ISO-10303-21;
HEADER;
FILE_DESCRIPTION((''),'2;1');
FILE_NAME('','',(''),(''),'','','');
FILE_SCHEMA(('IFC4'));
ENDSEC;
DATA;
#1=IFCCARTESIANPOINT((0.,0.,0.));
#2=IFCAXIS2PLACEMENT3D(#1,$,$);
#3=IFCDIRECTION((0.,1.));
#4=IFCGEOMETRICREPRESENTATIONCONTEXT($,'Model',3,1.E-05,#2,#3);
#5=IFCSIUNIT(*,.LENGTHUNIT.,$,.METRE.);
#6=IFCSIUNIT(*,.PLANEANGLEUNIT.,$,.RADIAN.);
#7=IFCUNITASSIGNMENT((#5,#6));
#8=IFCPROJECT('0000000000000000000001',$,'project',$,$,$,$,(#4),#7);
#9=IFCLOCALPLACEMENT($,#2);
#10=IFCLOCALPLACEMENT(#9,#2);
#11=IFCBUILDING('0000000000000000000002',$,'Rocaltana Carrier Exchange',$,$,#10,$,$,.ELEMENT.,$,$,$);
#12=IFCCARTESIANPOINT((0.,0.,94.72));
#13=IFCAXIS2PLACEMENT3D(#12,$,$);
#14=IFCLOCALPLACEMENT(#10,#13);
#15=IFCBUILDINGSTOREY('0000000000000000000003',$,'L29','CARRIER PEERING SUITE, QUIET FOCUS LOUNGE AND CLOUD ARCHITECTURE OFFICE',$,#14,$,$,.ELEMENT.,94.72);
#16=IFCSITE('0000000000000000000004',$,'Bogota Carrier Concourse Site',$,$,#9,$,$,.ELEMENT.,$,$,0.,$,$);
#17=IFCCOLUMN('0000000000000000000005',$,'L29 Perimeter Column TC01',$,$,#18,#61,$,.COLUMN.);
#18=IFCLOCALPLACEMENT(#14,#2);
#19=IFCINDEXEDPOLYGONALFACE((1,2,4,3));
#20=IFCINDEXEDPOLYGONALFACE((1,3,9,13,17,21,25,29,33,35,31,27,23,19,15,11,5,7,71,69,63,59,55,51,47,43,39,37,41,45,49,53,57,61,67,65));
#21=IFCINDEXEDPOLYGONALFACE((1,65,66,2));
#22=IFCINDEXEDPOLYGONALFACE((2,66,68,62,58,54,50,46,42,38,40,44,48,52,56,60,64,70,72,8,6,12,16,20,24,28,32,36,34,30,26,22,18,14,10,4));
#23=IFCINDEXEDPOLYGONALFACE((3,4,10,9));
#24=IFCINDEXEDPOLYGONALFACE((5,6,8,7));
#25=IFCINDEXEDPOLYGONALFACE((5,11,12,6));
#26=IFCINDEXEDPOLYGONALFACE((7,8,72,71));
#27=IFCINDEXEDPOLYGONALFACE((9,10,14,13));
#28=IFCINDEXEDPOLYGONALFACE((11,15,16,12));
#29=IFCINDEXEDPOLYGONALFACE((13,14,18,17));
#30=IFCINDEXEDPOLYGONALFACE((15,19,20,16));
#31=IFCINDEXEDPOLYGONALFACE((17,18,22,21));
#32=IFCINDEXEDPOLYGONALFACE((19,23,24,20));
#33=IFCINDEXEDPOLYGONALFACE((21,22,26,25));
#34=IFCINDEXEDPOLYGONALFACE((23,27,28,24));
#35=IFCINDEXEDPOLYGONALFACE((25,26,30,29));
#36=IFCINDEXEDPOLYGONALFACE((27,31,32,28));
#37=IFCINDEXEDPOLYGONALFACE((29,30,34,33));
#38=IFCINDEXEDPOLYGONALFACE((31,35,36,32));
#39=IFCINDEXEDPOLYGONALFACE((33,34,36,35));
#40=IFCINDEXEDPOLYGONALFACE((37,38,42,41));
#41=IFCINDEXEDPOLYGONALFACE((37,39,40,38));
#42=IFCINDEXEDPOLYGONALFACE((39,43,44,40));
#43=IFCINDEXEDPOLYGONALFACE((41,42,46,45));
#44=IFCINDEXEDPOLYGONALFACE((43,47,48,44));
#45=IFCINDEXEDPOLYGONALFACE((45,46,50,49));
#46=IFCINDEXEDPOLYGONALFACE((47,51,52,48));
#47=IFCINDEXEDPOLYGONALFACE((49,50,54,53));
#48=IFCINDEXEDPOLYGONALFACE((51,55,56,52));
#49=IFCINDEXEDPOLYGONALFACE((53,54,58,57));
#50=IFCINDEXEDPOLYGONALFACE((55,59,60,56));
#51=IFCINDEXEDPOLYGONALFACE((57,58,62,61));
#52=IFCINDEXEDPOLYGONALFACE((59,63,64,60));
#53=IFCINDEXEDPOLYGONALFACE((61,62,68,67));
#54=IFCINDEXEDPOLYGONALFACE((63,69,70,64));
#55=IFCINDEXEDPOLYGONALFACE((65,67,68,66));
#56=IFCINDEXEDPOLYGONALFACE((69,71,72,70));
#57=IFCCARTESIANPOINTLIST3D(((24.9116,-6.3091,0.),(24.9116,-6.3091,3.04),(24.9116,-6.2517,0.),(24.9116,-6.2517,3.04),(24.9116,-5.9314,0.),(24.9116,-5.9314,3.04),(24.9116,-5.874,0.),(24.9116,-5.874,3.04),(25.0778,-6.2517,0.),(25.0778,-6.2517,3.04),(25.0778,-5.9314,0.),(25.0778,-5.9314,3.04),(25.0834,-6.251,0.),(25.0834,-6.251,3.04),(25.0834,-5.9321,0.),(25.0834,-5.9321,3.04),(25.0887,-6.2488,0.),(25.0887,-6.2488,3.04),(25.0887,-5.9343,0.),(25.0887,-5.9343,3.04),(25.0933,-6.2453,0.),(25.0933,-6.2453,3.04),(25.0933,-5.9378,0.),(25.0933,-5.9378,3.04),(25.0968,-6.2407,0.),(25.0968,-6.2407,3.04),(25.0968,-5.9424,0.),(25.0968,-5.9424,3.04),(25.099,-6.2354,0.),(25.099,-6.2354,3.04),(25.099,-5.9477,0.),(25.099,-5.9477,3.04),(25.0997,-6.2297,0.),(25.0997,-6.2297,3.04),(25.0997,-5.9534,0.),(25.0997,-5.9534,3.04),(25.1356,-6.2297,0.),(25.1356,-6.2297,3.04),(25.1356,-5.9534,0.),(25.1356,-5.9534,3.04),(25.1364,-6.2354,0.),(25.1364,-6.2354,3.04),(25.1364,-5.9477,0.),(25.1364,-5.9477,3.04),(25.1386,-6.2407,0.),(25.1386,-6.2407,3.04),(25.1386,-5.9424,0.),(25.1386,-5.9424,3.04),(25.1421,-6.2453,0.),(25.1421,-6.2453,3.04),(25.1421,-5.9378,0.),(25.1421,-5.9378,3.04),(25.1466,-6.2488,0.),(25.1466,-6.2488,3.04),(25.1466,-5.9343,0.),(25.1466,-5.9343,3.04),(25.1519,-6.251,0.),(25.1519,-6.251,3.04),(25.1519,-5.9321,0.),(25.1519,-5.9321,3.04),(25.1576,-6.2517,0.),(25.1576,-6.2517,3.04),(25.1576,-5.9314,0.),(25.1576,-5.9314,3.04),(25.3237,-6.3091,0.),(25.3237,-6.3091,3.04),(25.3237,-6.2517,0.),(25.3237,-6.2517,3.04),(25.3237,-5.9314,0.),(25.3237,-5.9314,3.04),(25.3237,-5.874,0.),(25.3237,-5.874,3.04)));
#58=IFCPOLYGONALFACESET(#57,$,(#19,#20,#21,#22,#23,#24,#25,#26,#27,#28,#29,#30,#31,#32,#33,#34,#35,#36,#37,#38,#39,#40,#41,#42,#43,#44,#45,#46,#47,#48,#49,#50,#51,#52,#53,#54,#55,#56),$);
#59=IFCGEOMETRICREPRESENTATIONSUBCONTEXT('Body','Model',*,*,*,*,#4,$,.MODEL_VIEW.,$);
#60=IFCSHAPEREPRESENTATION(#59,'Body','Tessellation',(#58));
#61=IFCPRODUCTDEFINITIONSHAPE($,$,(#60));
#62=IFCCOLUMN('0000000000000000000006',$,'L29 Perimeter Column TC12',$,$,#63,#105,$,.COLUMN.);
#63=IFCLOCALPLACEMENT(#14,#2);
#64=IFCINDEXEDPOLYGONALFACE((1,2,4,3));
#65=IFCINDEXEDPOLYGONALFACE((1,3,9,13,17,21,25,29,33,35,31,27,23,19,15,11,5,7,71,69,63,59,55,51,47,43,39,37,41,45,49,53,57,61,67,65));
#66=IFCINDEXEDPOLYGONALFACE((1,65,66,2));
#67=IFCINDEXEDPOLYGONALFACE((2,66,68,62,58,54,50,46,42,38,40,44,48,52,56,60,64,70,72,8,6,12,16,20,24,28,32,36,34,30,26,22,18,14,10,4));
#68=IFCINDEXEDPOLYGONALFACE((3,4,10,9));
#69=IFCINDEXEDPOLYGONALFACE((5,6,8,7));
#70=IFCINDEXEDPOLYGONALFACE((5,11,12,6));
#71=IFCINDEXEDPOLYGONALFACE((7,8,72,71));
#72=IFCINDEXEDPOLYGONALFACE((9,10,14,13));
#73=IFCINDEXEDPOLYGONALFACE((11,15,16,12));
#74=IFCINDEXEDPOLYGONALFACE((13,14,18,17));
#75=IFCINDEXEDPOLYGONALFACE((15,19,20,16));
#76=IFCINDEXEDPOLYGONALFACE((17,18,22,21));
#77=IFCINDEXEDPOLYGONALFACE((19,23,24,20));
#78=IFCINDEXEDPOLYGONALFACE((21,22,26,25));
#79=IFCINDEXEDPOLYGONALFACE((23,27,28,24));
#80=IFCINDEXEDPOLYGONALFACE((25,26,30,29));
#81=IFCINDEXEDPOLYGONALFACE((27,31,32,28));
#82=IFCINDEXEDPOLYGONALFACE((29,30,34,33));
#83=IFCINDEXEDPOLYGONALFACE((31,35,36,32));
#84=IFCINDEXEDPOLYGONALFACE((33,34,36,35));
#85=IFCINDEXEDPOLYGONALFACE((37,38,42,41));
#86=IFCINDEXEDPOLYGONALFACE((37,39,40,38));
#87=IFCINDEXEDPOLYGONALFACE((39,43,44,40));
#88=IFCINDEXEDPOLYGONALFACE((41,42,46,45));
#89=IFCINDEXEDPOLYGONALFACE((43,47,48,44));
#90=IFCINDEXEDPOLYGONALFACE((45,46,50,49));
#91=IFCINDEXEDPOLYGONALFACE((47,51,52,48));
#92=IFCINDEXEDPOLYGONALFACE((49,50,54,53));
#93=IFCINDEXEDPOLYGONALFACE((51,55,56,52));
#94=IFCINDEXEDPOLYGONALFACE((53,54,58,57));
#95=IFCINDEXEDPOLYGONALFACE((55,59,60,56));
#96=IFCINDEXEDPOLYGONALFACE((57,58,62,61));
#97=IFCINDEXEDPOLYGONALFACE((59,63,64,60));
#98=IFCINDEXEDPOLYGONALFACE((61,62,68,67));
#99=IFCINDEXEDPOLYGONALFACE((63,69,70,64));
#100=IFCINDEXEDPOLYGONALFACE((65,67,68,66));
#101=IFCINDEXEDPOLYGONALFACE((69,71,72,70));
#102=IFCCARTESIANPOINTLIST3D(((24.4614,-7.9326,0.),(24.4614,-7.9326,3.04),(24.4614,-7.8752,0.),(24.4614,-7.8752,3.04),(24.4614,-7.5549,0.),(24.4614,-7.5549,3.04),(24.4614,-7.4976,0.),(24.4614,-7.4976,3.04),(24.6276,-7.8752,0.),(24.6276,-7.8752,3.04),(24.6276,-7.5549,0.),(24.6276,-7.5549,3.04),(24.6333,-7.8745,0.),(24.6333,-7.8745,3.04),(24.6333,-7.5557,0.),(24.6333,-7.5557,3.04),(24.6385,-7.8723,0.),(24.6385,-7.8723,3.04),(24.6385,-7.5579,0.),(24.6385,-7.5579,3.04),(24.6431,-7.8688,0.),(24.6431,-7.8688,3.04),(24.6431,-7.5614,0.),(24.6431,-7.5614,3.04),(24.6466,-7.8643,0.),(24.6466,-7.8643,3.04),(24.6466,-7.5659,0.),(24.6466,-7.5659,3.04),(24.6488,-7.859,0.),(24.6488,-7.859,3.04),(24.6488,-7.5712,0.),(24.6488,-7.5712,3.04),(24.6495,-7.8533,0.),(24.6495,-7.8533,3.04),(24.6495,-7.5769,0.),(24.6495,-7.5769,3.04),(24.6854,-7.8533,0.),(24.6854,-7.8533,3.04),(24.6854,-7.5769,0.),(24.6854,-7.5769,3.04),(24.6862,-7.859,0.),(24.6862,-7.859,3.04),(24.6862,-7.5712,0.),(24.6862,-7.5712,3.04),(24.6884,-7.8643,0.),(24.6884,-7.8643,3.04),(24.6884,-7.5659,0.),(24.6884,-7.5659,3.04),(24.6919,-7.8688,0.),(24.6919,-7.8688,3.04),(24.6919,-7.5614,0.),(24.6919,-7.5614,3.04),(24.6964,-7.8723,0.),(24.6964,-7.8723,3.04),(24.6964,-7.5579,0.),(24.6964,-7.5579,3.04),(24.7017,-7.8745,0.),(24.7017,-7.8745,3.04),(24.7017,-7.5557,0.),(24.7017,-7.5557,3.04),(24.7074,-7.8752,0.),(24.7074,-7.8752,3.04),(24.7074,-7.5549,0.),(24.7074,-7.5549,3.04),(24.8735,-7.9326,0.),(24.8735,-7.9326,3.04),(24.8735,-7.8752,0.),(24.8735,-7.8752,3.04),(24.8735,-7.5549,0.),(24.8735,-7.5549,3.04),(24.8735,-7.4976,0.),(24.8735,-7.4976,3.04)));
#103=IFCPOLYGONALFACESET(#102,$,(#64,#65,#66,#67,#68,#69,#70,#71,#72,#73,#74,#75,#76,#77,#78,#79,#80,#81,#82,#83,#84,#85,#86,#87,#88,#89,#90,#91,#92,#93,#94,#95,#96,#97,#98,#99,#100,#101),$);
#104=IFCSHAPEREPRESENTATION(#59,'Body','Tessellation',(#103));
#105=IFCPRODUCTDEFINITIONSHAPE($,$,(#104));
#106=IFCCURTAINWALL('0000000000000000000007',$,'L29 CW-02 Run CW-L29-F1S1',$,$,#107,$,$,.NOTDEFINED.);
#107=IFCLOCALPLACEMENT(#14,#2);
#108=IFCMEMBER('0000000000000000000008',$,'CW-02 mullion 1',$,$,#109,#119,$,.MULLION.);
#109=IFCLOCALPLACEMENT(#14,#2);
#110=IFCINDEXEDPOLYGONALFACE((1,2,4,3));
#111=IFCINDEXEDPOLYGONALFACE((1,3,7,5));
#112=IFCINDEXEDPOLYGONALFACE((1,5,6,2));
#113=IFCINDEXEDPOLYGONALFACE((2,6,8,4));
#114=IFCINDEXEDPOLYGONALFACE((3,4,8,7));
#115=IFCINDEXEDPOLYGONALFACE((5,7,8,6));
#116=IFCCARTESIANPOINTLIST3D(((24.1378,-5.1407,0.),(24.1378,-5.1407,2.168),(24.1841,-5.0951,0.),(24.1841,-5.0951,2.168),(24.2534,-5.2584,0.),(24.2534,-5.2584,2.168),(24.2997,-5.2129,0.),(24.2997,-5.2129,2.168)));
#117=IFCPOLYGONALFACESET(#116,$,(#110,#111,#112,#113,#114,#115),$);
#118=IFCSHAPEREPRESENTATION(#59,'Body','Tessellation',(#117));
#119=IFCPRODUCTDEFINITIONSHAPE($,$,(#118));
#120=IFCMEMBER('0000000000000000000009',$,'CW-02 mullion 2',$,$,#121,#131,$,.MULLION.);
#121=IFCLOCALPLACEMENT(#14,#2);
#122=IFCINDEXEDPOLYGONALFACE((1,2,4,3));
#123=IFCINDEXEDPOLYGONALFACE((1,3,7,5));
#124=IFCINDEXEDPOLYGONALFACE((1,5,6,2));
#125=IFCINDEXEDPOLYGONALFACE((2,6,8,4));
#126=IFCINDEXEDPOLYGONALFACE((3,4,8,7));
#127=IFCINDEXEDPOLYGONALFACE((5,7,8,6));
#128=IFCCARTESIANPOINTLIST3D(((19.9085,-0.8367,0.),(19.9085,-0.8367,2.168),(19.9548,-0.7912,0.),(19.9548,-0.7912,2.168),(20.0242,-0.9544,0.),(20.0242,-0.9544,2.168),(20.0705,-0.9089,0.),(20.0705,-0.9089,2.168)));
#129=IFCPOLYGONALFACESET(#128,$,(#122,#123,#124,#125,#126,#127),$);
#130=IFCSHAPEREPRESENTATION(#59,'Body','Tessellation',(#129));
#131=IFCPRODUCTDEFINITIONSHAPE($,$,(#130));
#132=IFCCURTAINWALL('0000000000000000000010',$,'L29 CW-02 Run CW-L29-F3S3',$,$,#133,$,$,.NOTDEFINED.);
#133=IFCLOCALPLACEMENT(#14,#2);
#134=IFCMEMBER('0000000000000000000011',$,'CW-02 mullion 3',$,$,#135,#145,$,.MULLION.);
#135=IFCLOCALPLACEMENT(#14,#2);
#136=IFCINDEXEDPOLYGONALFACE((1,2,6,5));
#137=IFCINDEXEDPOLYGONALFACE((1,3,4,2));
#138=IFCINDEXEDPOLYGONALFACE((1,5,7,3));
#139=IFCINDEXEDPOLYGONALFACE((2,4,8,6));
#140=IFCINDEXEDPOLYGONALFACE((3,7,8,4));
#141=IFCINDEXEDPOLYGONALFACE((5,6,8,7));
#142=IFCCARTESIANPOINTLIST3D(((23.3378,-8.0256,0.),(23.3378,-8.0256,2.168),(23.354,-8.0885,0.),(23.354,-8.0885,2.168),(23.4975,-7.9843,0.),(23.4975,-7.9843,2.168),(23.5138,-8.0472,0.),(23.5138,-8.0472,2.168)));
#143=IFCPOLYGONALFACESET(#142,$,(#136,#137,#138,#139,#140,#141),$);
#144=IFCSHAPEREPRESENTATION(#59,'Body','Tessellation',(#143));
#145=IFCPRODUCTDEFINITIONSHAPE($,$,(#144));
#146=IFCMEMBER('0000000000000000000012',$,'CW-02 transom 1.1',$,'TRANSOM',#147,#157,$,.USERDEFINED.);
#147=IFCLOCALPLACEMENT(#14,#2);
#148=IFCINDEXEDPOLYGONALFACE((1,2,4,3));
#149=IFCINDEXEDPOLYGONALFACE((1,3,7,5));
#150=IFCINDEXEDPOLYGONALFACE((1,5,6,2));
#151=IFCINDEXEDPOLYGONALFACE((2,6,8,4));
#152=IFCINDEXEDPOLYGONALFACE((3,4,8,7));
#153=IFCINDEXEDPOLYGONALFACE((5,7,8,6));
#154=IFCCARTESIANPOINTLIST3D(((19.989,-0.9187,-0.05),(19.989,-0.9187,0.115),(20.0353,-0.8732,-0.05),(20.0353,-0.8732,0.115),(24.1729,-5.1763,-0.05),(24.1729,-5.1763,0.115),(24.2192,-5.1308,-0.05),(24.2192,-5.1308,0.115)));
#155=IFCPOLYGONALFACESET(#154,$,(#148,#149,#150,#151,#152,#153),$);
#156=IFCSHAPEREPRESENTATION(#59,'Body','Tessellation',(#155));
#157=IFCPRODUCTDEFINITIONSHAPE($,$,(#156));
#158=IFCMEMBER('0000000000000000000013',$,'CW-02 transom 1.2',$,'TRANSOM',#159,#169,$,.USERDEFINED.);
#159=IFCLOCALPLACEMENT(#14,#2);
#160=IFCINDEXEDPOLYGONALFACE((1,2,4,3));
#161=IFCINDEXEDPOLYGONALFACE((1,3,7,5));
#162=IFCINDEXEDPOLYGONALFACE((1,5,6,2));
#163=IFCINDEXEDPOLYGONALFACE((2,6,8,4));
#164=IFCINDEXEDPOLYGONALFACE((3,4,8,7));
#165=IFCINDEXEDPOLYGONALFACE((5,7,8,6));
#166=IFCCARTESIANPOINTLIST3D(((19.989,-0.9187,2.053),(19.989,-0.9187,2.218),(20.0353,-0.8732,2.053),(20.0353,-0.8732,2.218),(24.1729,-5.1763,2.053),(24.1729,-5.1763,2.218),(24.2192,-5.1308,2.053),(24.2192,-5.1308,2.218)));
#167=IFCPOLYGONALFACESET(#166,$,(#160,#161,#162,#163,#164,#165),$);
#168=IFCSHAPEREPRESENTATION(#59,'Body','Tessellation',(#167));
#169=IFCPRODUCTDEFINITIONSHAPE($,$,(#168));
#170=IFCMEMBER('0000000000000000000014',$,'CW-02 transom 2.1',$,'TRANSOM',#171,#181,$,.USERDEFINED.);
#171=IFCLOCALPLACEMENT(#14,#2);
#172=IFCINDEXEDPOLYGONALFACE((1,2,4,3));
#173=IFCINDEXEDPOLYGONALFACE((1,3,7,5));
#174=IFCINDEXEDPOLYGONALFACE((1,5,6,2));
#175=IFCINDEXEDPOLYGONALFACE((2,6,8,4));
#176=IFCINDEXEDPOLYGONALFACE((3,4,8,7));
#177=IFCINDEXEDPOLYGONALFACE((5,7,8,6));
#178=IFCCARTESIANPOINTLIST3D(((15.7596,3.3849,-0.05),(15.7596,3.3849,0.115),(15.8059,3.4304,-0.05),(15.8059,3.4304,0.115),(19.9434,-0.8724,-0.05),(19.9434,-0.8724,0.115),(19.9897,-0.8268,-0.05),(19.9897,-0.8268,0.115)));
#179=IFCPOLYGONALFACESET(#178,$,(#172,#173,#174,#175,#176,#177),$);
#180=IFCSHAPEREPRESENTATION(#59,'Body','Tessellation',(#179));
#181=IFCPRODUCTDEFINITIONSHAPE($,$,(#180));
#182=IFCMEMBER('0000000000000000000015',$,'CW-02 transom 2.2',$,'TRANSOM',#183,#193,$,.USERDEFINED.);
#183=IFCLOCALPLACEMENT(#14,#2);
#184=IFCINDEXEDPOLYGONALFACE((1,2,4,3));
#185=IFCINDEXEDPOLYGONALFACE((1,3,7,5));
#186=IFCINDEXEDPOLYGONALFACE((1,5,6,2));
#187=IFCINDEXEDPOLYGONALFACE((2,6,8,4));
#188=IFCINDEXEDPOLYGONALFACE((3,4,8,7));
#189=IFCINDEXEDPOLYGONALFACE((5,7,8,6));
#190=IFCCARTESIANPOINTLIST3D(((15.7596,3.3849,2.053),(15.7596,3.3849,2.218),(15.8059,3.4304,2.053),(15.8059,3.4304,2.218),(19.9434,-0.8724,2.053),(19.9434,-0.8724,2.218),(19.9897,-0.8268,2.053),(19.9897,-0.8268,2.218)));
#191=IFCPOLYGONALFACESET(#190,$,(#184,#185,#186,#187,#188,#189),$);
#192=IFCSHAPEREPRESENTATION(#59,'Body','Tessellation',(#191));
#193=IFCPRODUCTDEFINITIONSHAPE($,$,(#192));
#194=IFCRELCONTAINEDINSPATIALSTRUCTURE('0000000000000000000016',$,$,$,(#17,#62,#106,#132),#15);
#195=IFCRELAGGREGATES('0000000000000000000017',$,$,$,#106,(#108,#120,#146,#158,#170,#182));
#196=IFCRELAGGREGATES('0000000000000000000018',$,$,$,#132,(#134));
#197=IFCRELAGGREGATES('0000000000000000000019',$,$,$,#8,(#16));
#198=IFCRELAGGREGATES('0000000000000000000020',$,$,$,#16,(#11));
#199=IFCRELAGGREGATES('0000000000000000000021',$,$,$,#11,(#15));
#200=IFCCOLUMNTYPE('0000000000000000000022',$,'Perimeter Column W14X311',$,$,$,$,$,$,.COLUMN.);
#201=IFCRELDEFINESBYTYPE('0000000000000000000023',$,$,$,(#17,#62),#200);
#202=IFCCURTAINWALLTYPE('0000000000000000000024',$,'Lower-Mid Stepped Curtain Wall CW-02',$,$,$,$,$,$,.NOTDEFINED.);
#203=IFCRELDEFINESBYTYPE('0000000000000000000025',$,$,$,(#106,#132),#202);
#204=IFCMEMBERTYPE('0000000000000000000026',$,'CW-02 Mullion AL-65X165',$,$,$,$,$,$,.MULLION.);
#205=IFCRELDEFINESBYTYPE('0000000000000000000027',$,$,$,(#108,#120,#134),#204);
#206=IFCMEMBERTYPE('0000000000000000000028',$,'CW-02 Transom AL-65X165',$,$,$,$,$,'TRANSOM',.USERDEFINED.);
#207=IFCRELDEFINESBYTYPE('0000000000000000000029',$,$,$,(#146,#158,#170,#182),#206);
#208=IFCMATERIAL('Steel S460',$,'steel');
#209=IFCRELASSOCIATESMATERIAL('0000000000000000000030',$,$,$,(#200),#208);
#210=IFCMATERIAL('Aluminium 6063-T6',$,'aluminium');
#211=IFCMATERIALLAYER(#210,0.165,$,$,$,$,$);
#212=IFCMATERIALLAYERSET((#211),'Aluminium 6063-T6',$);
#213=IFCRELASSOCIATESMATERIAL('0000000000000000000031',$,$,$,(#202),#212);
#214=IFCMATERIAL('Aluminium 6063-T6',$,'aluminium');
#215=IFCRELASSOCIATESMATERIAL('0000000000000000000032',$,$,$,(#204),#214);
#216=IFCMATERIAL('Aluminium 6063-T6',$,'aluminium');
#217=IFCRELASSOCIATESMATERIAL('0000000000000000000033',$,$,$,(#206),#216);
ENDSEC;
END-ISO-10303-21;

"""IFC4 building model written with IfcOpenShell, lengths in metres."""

from ifc_helpers import new_model, si_unit, direction, frame, origin, origin_2d, place, context, subcontext, project, spatial, rectangle, i_section, extrude, material, layer, layer_set, material_profile, profile_set, type_object, element, aggregate, save


model = new_model("IFC4")

# Units and contexts
model_context = context("Model", 3, precision=1e-05, world=origin(), true_north=direction((0.0, 1.0)))
body_context = subcontext(model_context, "Body", "Model", "MODEL_VIEW")
ifc_project = project(units=[si_unit("LENGTHUNIT", "METRE"), si_unit("PLANEANGLEUNIT", "RADIAN")], contexts=[model_context])

# Site, building, storey
site_placement = place(None, origin())
site = spatial("IfcSite", under=ifc_project, at=site_placement, Name="Bogota Carrier Concourse Site", CompositionType="ELEMENT", RefElevation=0.0)
building_placement = place(site_placement, origin())
building = spatial("IfcBuilding", under=site, at=building_placement, Name="Rocaltana Carrier Exchange", CompositionType="ELEMENT")
storey_placement = place(building_placement, frame((0.0, 0.0, 94.72)))
storey = spatial("IfcBuildingStorey", under=building, at=storey_placement, Name="L29", Description="CARRIER PEERING SUITE, QUIET FOCUS LOUNGE AND CLOUD ARCHITECTURE OFFICE", CompositionType="ELEMENT", Elevation=94.72)

# Columns
ifc_material_1 = material(Name="Steel S460", Category="steel")
ifc_material_profile_1 = material_profile(ifc_material_1, i_section(OverallWidth=0.4121, OverallDepth=0.4351, WebThickness=0.0359, FlangeThickness=0.0574, FilletRadius=0.022, at=origin_2d()), Name="W14X311")
ifc_profile_set_1 = profile_set([ifc_material_profile_1], Name="Steel S460")
column_type = type_object("IfcColumnType", Name="Perimeter Column W14X311", PredefinedType="COLUMN", material=ifc_profile_set_1)
for number, where, z_axis, x_axis, name in (
    (1, (25.1177, -6.0916, 0.0), (0.0, 0.0, 1.0), (1.0, 0.0, 0.0), "L29 Perimeter Column TC01"),
    (2, (24.6675, -7.7151, 0.0), (0.0, 0.0, 1.0), (1.0, 0.0, 0.0), "L29 Perimeter Column TC12"),
):
    element("IfcColumn", number, at=place(storey_placement, frame(where, z_axis=z_axis, x_axis=x_axis)), inside=storey, type_object=column_type, Name=name, PredefinedType="COLUMN", context=body_context, shape_type="SweptSolid", body=[
        extrude(i_section(OverallWidth=0.4121, OverallDepth=0.4351, WebThickness=0.0359, FlangeThickness=0.0574, FilletRadius=0.022, at=origin_2d()), origin(), (0.0, 0.0, 1.0), 3.04),
    ])

# Curtain wall, members
ifc_material_2 = material(Name="Aluminium 6063-T6", Category="aluminium")
ifc_layer_1 = layer(ifc_material_2, 0.165)
ifc_layer_set_1 = layer_set([ifc_layer_1], Name="Aluminium 6063-T6")
curtain_wall_type = type_object("IfcCurtainWallType", Name="Lower-Mid Stepped Curtain Wall CW-02", PredefinedType="NOTDEFINED", material=ifc_layer_set_1)
curtain_wall_1_placement = place(storey_placement, origin())
curtain_wall_1 = element("IfcCurtainWall", 3, at=curtain_wall_1_placement, inside=storey, type_object=curtain_wall_type, Name="L29 CW-02 Run CW-L29-F1S1", PredefinedType="NOTDEFINED")
ifc_material_3 = material(Name="Aluminium 6063-T6", Category="aluminium")
ifc_material_profile_2 = material_profile(ifc_material_3, rectangle(XDim=0.0649, YDim=0.165, at=origin_2d()), Name="AL-65X165")
ifc_profile_set_2 = profile_set([ifc_material_profile_2], Name="Aluminium 6063-T6")
member_type_1 = type_object("IfcMemberType", Name="CW-02 Mullion AL-65X165", PredefinedType="MULLION", material=ifc_profile_set_2)
member_1_placement = place(storey_placement, frame((24.2188, -5.1768, 0.0), z_axis=(0.0, 0.0, 1.0), x_axis=(-0.713245, -0.700915, 0.0)))
member_1 = element("IfcMember", 4, at=member_1_placement, type_object=member_type_1, Name="CW-02 mullion 1", PredefinedType="MULLION", context=body_context, shape_type="SweptSolid", body=[
    extrude(rectangle(XDim=0.0649, YDim=0.165, at=origin_2d()), origin(), (0.0, 0.0, 1.0), 2.168),
])
member_2_placement = place(storey_placement, frame((19.9895, -0.8728, 0.0), z_axis=(0.0, 0.0, 1.0), x_axis=(-0.713245, -0.700915, 0.0)))
member_2 = element("IfcMember", 5, at=member_2_placement, type_object=member_type_1, Name="CW-02 mullion 2", PredefinedType="MULLION", context=body_context, shape_type="SweptSolid", body=[
    extrude(rectangle(XDim=0.0649, YDim=0.165, at=origin_2d()), origin(), (0.0, 0.0, 1.0), 2.168),
])

# Curtain wall, member
curtain_wall_2_placement = place(storey_placement, origin())
curtain_wall_2 = element("IfcCurtainWall", 6, at=curtain_wall_2_placement, inside=storey, type_object=curtain_wall_type, Name="L29 CW-02 Run CW-L29-F3S3", PredefinedType="NOTDEFINED")
member_3_placement = place(storey_placement, frame((23.4258, -8.0364, 0.0), z_axis=(0.0, 0.0, 1.0), x_axis=(-0.25037, 0.96815, 0.0)))
member_3 = element("IfcMember", 7, at=member_3_placement, type_object=member_type_1, Name="CW-02 mullion 3", PredefinedType="MULLION", context=body_context, shape_type="SweptSolid", body=[
    extrude(rectangle(XDim=0.0649, YDim=0.165, at=origin_2d()), origin(), (0.0, 0.0, 1.0), 2.168),
])

# Members
ifc_material_4 = material(Name="Aluminium 6063-T6", Category="aluminium")
ifc_material_profile_3 = material_profile(ifc_material_4, rectangle(XDim=0.0649, YDim=0.165, at=origin_2d()), Name="AL-65X165")
ifc_profile_set_3 = profile_set([ifc_material_profile_3], Name="Aluminium 6063-T6")
member_type_2 = type_object("IfcMemberType", Name="CW-02 Transom AL-65X165", ElementType="TRANSOM", PredefinedType="USERDEFINED", material=ifc_profile_set_3)
member_4_placement = place(storey_placement, frame((24.196, -5.1536, 0.0325), z_axis=(-0.700904, 0.713256, 0.0), x_axis=(-0.713256, -0.700904, 0.0)))
member_4 = element("IfcMember", 8, at=member_4_placement, type_object=member_type_2, Name="CW-02 transom 1.1", ObjectType="TRANSOM", PredefinedType="USERDEFINED", context=body_context, shape_type="SweptSolid", body=[
    extrude(rectangle(XDim=0.0649, YDim=0.165, at=origin_2d()), origin(), (0.0, 0.0, 1.0), 5.9692),
])
member_5_placement = place(storey_placement, frame((24.196, -5.1536, 2.1355), z_axis=(-0.700904, 0.713256, 0.0), x_axis=(-0.713256, -0.700904, 0.0)))
member_5 = element("IfcMember", 9, at=member_5_placement, type_object=member_type_2, Name="CW-02 transom 1.2", ObjectType="TRANSOM", PredefinedType="USERDEFINED", context=body_context, shape_type="SweptSolid", body=[
    extrude(rectangle(XDim=0.0649, YDim=0.165, at=origin_2d()), origin(), (0.0, 0.0, 1.0), 5.9692),
])
member_6_placement = place(storey_placement, frame((19.9666, -0.8496, 0.0325), z_axis=(-0.700924, 0.713236, 0.0), x_axis=(-0.713236, -0.700924, 0.0)))
member_6 = element("IfcMember", 10, at=member_6_placement, type_object=member_type_2, Name="CW-02 transom 2.1", ObjectType="TRANSOM", PredefinedType="USERDEFINED", context=body_context, shape_type="SweptSolid", body=[
    extrude(rectangle(XDim=0.0649, YDim=0.165, at=origin_2d()), origin(), (0.0, 0.0, 1.0), 5.969),
])
member_7_placement = place(storey_placement, frame((19.9666, -0.8496, 2.1355), z_axis=(-0.700924, 0.713236, 0.0), x_axis=(-0.713236, -0.700924, 0.0)))
member_7 = element("IfcMember", 11, at=member_7_placement, type_object=member_type_2, Name="CW-02 transom 2.2", ObjectType="TRANSOM", PredefinedType="USERDEFINED", context=body_context, shape_type="SweptSolid", body=[
    extrude(rectangle(XDim=0.0649, YDim=0.165, at=origin_2d()), origin(), (0.0, 0.0, 1.0), 5.969),
])

aggregate(curtain_wall_1, [member_1, member_2, member_4, member_5, member_6, member_7])
aggregate(curtain_wall_2, [member_3])

save(model, "model.ifc")
